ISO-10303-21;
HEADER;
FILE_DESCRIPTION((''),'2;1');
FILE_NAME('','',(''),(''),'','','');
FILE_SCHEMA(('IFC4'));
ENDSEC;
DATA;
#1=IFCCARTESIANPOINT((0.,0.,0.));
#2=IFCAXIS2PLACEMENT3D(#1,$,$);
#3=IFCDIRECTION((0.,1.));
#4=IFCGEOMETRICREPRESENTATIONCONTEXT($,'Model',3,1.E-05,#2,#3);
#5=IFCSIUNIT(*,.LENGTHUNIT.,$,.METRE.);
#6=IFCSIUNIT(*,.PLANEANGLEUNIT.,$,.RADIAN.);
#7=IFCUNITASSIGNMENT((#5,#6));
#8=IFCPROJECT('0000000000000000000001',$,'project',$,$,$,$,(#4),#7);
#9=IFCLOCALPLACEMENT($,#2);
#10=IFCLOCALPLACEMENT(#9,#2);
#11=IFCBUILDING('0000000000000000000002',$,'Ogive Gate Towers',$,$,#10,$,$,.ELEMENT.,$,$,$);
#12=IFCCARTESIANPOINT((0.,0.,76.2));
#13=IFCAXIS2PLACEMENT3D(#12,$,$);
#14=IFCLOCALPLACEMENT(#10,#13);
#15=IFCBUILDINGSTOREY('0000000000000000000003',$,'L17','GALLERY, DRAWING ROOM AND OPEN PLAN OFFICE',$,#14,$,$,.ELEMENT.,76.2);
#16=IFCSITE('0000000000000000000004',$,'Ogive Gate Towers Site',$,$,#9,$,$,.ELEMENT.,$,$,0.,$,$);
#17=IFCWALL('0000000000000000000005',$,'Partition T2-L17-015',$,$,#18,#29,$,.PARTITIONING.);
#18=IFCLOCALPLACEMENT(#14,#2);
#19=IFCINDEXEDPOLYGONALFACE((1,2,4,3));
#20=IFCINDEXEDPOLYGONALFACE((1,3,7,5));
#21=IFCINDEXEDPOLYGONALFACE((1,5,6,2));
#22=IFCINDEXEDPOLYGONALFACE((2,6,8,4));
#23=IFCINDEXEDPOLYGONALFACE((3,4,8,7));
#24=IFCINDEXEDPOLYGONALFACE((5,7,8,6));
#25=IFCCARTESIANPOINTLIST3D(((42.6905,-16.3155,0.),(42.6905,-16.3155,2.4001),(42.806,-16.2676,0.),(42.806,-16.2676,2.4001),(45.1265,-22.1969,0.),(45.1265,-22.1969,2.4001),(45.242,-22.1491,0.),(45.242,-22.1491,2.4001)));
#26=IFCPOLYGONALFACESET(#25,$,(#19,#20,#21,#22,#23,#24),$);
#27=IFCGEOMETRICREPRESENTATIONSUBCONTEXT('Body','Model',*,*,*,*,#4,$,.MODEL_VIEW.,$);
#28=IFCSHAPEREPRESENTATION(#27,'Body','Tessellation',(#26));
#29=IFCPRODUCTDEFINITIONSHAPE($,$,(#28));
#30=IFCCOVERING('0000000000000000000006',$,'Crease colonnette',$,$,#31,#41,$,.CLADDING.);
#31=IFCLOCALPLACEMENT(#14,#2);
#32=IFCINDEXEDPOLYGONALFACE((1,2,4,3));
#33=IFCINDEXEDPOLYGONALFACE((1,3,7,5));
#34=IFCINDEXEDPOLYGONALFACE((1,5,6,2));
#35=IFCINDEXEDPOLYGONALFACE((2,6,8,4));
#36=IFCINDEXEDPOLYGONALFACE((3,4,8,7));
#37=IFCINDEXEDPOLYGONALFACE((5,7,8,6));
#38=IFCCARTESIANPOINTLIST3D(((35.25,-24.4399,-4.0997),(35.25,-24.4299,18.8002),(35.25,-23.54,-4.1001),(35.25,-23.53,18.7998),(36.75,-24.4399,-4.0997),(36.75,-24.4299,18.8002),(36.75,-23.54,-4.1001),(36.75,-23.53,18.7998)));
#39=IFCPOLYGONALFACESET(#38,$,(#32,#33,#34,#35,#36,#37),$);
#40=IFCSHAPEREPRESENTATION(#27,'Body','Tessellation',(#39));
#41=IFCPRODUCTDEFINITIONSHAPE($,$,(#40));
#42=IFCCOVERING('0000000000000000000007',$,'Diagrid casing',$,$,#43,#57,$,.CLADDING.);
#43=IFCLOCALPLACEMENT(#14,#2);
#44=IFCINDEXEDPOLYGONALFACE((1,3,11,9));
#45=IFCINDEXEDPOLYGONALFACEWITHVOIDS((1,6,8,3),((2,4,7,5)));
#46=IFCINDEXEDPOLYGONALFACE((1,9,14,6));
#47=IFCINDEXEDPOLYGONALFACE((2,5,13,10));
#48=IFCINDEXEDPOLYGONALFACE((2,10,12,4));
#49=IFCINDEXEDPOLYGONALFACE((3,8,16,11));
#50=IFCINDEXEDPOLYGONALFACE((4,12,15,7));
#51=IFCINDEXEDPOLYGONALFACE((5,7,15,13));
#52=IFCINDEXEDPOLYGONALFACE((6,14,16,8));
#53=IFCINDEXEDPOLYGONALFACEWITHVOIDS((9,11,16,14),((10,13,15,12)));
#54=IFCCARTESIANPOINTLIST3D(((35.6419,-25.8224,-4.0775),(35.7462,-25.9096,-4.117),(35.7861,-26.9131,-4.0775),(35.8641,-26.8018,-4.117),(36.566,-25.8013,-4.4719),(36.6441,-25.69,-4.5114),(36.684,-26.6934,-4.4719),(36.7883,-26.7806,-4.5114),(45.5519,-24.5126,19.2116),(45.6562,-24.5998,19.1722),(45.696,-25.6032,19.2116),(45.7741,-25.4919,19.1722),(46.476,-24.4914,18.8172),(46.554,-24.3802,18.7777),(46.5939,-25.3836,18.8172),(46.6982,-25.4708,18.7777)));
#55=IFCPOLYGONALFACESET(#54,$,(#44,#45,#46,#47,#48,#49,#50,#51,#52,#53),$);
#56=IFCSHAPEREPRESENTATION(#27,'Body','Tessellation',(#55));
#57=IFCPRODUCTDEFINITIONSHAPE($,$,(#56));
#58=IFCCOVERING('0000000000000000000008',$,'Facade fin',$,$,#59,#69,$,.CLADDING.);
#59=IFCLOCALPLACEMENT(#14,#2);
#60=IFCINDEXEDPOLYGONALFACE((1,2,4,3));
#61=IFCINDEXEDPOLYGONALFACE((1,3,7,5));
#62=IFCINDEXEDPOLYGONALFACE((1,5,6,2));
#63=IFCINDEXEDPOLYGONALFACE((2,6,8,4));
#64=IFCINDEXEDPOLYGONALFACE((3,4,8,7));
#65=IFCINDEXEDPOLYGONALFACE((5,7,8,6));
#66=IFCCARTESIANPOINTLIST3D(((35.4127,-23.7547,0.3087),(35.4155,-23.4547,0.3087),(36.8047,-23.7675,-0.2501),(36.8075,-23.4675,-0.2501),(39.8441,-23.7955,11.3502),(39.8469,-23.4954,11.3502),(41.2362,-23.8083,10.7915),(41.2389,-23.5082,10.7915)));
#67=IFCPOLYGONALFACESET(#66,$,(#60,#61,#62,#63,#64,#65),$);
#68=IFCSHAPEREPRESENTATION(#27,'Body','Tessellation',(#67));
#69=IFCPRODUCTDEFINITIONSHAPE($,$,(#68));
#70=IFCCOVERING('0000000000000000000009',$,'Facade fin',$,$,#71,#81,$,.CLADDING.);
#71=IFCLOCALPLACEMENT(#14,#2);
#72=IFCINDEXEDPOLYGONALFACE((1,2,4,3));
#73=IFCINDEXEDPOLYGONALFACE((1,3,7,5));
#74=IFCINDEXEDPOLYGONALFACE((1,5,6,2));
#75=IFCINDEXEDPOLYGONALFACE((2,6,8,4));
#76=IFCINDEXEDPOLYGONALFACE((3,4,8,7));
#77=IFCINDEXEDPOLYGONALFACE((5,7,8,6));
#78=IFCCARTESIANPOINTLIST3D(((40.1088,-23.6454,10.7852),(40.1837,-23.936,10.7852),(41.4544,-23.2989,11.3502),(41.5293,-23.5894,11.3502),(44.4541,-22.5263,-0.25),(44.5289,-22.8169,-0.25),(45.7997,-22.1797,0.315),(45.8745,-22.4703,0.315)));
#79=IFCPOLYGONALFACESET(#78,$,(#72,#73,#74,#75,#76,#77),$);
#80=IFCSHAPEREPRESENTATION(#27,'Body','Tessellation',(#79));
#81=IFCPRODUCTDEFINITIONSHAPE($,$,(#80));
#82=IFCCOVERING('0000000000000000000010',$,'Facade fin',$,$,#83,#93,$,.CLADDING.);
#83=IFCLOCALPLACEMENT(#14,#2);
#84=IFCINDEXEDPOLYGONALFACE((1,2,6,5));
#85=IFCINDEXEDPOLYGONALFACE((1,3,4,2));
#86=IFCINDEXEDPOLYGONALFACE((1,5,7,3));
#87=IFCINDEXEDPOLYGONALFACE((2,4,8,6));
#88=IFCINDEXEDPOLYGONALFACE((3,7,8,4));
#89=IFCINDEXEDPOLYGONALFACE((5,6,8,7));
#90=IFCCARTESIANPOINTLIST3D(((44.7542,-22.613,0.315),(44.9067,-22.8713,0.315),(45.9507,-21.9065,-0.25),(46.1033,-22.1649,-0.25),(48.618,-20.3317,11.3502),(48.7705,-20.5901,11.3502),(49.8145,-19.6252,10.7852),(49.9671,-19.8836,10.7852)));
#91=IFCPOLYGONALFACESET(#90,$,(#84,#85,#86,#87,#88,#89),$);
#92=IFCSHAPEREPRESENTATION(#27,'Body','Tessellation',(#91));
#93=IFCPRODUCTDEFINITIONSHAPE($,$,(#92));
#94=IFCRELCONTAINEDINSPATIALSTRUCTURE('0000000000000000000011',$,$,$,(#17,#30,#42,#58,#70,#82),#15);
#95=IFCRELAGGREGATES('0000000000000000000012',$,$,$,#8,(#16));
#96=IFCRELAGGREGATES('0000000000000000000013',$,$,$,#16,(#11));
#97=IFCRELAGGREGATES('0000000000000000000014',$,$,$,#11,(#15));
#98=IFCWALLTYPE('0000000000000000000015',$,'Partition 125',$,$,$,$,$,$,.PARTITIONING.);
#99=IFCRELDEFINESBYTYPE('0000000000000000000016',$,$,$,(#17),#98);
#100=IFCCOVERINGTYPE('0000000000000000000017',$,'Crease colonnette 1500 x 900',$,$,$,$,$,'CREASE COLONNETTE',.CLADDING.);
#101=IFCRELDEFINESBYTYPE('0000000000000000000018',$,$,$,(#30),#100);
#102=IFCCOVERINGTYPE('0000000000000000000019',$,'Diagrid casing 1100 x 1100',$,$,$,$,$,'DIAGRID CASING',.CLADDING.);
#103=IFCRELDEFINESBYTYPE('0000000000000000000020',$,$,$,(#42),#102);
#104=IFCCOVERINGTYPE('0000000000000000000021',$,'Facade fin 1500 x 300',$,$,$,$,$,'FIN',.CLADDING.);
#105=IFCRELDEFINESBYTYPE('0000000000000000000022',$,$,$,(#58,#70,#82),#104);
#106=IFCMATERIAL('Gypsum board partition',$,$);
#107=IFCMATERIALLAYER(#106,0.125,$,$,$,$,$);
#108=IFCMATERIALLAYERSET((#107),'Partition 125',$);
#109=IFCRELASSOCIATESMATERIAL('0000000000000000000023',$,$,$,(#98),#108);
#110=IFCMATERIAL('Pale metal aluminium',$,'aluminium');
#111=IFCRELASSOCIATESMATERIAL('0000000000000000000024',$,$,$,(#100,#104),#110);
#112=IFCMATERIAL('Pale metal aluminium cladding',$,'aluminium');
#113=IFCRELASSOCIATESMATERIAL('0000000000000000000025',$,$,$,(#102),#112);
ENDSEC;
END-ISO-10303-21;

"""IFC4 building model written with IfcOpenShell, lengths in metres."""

from ifc_helpers import new_model, si_unit, direction, frame, frame_2d, origin, origin_2d, place, context, subcontext, project, spatial, rectangle, hollow_rectangle, extrude, material, layer, layer_set, material_profile, profile_set, type_object, element, save


model = new_model("IFC4")

# Units and contexts
model_context = context("Model", 3, precision=1e-05, world=origin(), true_north=direction((0.0, 1.0)))
body_context = subcontext(model_context, "Body", "Model", "MODEL_VIEW")
ifc_project = project(units=[si_unit("LENGTHUNIT", "METRE"), si_unit("PLANEANGLEUNIT", "RADIAN")], contexts=[model_context])

# Site, building, storey
site_placement = place(None, origin())
site = spatial("IfcSite", under=ifc_project, at=site_placement, Name="Ogive Gate Towers Site", CompositionType="ELEMENT", RefElevation=0.0)
building_placement = place(site_placement, origin())
building = spatial("IfcBuilding", under=site, at=building_placement, Name="Ogive Gate Towers", CompositionType="ELEMENT")
storey_placement = place(building_placement, frame((0.0, 0.0, 76.2)))
storey = spatial("IfcBuildingStorey", under=building, at=storey_placement, Name="L17", Description="GALLERY, DRAWING ROOM AND OPEN PLAN OFFICE", CompositionType="ELEMENT", Elevation=76.2)

# Shared definitions
ifc_material_1 = material(Name="Pale metal aluminium", Category="aluminium")

# Wall
ifc_material_2 = material(Name="Gypsum board partition")
ifc_layer_1 = layer(ifc_material_2, 0.125)
ifc_layer_set_1 = layer_set([ifc_layer_1], Name="Partition 125")
wall_type = type_object("IfcWallType", Name="Partition 125", PredefinedType="PARTITIONING", material=ifc_layer_set_1)
wall_placement = place(storey_placement, frame((45.1843, -22.1731, 0.0), z_axis=(0.0, 0.0, 1.0), x_axis=(-0.38267, 0.923885, 0.0)))
element("IfcWall", 1, at=wall_placement, inside=storey, type_object=wall_type, Name="Partition T2-L17-015", PredefinedType="PARTITIONING", context=body_context, shape_type="SweptSolid", body=[
    extrude(rectangle(XDim=6.366, YDim=0.125, at=frame_2d((3.1831, 0.0))), origin(), (0.0, 0.0, 1.0), 2.4001),
])

# Coverings
ifc_material_profile_1 = material_profile(ifc_material_1, rectangle(XDim=1.5, YDim=0.8999, at=origin_2d()), Name="1500 x 900 pale metal aluminium")
ifc_profile_set_1 = profile_set([ifc_material_profile_1], Name="Pale metal aluminium")
covering_type_1 = type_object("IfcCoveringType", Name="Crease colonnette 1500 x 900", ElementType="CREASE COLONNETTE", PredefinedType="CLADDING", material=ifc_profile_set_1)
covering_1_placement = place(storey_placement, frame((36.0, -23.99, -4.0999), z_axis=(0.0, 0.000437, 1.0), x_axis=(1.0, 0.0, 0.0)))
element("IfcCovering", 2, at=covering_1_placement, inside=storey, type_object=covering_type_1, Name="Crease colonnette", PredefinedType="CLADDING", context=body_context, shape_type="SweptSolid", body=[
    extrude(rectangle(XDim=1.5, YDim=0.8999, at=origin_2d()), origin(), (0.0, 0.0, 1.0), 22.8999),
])
ifc_material_3 = material(Name="Pale metal aluminium cladding", Category="aluminium")
ifc_material_profile_2 = material_profile(ifc_material_3, hollow_rectangle(XDim=1.1001, YDim=1.1001, WallThickness=0.1001, at=origin_2d()), Name="1100 x 1100 pale metal casing")
ifc_profile_set_2 = profile_set([ifc_material_profile_2], Name="Pale metal aluminium cladding")
covering_type_2 = type_object("IfcCoveringType", Name="Diagrid casing 1100 x 1100", ElementType="DIAGRID CASING", PredefinedType="CLADDING", material=ifc_profile_set_2)
covering_2_placement = place(storey_placement, frame((36.2151, -26.3015, -4.2944), z_axis=(0.391021, 0.051682, 0.91893), x_axis=(-0.131033, 0.991378, 0.0)))
element("IfcCovering", 3, at=covering_2_placement, inside=storey, type_object=covering_type_2, Name="Diagrid casing", PredefinedType="CLADDING", context=body_context, shape_type="SweptSolid", body=[
    extrude(hollow_rectangle(XDim=1.1001, YDim=1.1001, WallThickness=0.1001, at=origin_2d()), origin(), (0.0, 0.0, 1.0), 25.3438),
])
ifc_material_profile_3 = material_profile(ifc_material_1, rectangle(XDim=0.3, YDim=1.5, at=origin_2d()), Name="1500 x 300 pale metal aluminium")
ifc_profile_set_3 = profile_set([ifc_material_profile_3], Name="Pale metal aluminium")
covering_type_3 = type_object("IfcCoveringType", Name="Facade fin 1500 x 300", ElementType="FIN", PredefinedType="CLADDING", material=ifc_profile_set_3)
covering_3_placement = place(storey_placement, frame((36.1101, -23.6111, 0.0293), z_axis=(0.37246, -0.003427, 0.928042), x_axis=(0.0092, 0.999958, 0.0)))
element("IfcCovering", 4, at=covering_3_placement, inside=storey, type_object=covering_type_3, Name="Facade fin", PredefinedType="CLADDING", context=body_context, shape_type="SweptSolid", body=[
    extrude(rectangle(XDim=0.3, YDim=1.5, at=origin_2d()), origin(), (0.0, 0.0, 1.0), 11.8977),
])
for number, where, z_axis, x_axis, name in (
    (5, (45.1643, -22.4983, 0.0325), (-0.36476, -0.093947, 0.92635), (0.249417, -0.968396, 0.0), "Facade fin"),
    (6, (45.4287, -22.3889, 0.0325), (0.324346, 0.191501, 0.926352), (-0.508418, 0.861111, 0.0), "Facade fin"),
):
    element("IfcCovering", number, at=place(storey_placement, frame(where, z_axis=z_axis, x_axis=x_axis)), inside=storey, type_object=covering_type_3, Name=name, PredefinedType="CLADDING", context=body_context, shape_type="SweptSolid", body=[
        extrude(rectangle(XDim=0.3, YDim=1.5, at=origin_2d()), origin(), (0.0, 0.0, 1.0), 11.9126),
    ])

save(model, "model.ifc")
